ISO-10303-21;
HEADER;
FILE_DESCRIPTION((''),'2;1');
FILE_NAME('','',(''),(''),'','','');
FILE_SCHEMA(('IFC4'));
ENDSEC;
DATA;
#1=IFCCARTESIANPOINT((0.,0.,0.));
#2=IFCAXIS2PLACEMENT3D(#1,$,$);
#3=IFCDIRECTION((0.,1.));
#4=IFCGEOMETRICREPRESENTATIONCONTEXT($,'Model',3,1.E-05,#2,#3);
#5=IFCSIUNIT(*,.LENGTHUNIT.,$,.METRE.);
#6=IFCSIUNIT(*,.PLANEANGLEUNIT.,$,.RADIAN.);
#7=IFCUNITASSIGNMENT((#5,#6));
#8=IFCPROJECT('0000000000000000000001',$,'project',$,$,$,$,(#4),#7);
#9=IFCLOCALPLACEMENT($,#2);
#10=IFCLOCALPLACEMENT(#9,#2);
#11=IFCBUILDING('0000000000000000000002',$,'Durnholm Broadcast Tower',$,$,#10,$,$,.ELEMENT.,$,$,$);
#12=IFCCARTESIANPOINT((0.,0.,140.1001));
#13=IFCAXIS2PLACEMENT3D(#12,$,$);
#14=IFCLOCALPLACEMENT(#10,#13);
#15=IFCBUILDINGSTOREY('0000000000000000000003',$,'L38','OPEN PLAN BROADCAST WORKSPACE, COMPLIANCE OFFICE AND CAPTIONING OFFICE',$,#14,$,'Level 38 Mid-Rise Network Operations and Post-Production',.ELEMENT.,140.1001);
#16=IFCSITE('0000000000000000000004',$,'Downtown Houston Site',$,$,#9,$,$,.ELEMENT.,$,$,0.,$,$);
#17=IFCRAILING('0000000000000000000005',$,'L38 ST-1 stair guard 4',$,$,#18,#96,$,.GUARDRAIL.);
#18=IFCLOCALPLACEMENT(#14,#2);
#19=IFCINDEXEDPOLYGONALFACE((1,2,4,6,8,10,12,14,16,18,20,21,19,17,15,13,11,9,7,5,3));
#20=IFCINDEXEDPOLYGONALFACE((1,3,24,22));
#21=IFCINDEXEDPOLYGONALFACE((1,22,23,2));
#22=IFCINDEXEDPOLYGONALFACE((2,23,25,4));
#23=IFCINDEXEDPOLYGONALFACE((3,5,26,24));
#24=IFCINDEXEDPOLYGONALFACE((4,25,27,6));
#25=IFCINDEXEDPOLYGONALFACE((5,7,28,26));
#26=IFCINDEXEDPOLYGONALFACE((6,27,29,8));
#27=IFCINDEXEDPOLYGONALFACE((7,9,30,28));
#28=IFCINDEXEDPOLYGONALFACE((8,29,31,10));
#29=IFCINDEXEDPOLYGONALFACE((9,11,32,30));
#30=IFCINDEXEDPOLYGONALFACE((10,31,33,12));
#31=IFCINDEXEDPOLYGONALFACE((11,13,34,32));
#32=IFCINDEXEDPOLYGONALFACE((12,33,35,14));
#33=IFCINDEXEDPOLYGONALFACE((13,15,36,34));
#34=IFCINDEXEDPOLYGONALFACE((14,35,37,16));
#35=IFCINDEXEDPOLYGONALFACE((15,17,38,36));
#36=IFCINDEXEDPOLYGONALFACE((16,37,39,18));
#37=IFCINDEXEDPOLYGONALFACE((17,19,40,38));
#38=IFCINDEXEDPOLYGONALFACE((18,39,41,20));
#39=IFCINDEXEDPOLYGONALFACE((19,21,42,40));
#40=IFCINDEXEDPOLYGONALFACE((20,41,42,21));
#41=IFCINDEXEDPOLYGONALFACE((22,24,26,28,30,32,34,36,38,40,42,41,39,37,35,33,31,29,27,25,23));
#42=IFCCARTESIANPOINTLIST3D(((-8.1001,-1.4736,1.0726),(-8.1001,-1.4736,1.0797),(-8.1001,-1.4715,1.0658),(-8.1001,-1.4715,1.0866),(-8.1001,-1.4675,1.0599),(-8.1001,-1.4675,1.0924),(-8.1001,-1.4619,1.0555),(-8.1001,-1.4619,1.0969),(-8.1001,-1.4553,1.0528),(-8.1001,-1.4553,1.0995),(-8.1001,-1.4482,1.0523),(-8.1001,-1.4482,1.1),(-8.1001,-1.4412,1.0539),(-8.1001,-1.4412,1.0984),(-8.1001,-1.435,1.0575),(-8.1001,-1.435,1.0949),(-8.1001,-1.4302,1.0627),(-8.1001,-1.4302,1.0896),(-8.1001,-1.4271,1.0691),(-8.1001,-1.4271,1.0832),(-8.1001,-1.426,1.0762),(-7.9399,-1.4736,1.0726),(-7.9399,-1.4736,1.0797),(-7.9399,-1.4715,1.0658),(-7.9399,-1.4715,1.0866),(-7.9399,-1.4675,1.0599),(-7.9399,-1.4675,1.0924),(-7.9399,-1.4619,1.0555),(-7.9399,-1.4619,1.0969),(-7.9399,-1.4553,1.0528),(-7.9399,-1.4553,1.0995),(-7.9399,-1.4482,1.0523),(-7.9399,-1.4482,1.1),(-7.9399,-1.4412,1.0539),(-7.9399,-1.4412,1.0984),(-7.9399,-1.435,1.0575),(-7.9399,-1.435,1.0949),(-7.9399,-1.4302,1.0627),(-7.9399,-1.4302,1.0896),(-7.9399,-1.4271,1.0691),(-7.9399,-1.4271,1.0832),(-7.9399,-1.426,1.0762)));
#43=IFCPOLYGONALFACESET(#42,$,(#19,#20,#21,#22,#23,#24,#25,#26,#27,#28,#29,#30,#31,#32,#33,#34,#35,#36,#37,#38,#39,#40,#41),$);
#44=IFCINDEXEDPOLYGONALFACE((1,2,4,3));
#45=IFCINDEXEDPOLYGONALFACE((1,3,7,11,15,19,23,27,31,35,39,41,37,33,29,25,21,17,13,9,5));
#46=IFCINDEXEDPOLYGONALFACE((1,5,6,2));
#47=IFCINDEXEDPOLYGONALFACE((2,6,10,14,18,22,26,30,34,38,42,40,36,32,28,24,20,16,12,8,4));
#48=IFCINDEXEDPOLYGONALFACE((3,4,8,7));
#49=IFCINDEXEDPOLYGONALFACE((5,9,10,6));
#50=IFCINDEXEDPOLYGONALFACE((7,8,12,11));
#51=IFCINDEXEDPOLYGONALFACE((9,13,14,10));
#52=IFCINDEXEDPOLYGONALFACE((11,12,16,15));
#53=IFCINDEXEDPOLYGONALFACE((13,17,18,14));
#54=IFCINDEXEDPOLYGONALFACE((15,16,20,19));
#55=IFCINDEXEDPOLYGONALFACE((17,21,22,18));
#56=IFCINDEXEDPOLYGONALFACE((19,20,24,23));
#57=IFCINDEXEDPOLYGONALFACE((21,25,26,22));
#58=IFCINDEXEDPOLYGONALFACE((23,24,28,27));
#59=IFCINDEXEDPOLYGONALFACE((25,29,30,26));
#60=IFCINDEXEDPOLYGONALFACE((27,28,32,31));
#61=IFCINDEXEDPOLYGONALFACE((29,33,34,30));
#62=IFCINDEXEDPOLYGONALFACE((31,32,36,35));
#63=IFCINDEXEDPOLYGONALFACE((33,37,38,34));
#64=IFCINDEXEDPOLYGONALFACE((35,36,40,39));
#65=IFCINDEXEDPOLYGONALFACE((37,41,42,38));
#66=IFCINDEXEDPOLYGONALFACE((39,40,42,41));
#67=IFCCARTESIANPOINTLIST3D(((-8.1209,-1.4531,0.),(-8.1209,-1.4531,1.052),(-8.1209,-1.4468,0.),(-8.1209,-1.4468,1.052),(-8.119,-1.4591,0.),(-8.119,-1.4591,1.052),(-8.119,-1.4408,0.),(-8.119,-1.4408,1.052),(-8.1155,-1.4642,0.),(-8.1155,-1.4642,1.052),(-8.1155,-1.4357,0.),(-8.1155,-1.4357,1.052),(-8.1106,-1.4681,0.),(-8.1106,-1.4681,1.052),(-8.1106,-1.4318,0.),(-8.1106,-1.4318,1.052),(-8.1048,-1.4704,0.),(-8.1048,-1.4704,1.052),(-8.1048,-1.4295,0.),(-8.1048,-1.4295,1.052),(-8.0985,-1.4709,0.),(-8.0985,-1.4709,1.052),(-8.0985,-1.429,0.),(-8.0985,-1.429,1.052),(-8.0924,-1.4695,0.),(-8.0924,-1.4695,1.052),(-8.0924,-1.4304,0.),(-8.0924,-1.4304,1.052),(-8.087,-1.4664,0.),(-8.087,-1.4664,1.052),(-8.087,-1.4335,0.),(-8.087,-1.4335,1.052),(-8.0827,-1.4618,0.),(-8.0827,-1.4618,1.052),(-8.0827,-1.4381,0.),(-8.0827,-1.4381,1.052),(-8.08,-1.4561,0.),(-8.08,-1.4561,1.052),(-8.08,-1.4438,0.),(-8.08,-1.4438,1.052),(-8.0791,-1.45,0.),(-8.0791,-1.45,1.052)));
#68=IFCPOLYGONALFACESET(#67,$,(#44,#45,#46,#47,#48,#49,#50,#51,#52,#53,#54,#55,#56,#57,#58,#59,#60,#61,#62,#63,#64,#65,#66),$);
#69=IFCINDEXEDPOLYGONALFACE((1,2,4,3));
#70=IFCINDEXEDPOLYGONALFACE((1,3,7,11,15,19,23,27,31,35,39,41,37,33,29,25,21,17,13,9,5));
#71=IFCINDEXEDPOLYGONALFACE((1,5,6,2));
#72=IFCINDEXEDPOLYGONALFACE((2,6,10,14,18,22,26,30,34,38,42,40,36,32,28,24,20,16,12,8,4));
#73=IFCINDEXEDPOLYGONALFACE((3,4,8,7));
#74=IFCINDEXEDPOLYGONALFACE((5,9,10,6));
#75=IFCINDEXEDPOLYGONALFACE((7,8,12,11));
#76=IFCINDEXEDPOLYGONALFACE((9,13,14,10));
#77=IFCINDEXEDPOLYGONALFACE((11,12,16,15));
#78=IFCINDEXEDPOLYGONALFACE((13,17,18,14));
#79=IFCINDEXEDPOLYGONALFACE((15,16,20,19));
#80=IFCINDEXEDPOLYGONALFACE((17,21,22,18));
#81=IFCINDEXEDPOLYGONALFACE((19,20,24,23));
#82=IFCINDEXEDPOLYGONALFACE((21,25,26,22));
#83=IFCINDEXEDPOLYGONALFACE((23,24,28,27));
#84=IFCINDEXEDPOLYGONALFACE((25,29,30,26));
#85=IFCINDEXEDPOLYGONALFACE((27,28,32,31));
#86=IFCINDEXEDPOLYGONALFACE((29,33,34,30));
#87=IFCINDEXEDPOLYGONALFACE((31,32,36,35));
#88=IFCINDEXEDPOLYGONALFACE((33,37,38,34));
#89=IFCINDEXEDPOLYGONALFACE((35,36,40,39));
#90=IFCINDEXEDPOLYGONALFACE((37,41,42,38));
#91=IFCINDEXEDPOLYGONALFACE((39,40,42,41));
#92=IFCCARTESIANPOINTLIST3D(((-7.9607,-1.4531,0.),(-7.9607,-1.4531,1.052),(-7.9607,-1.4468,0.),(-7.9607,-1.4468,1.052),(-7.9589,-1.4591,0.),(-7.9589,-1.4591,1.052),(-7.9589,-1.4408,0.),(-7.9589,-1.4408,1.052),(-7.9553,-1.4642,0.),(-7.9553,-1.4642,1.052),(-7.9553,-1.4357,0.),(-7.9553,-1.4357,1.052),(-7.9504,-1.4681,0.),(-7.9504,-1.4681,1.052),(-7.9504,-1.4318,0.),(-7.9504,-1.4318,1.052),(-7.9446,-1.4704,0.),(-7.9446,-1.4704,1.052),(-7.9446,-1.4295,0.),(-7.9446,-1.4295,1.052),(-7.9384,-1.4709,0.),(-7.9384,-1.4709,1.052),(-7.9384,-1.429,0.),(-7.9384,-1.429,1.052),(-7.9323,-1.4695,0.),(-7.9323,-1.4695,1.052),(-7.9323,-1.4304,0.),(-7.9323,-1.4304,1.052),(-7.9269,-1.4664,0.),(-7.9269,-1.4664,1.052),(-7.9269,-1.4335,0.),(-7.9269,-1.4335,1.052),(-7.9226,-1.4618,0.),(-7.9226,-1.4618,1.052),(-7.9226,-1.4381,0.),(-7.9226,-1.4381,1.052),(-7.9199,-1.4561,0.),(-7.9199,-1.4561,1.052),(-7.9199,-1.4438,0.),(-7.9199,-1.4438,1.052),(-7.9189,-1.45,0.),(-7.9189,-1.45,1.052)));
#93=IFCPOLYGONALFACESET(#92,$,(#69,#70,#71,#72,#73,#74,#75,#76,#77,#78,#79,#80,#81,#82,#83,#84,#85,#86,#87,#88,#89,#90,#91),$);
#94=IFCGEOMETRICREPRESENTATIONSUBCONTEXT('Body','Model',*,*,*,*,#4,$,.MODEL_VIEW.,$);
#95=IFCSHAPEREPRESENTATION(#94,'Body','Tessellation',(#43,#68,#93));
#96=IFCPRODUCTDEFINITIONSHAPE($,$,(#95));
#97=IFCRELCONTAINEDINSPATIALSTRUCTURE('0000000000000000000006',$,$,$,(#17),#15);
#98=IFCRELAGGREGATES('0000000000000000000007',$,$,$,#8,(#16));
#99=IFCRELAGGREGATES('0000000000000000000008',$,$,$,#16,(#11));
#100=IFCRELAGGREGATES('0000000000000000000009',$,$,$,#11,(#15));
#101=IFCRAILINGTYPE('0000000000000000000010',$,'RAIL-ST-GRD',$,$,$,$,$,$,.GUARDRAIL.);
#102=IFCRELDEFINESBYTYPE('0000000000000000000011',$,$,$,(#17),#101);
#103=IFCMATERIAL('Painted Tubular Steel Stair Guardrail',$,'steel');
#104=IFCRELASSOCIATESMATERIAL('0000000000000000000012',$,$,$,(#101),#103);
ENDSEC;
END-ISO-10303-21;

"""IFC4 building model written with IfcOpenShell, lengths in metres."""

from ifc_helpers import new_model, si_unit, direction, frame, origin, origin_2d, place, context, subcontext, project, spatial, circle, extrude, material, type_object, element, save


model = new_model("IFC4")

# Units and contexts
model_context = context("Model", 3, precision=1e-05, world=origin(), true_north=direction((0.0, 1.0)))
body_context = subcontext(model_context, "Body", "Model", "MODEL_VIEW")
ifc_project = project(units=[si_unit("LENGTHUNIT", "METRE"), si_unit("PLANEANGLEUNIT", "RADIAN")], contexts=[model_context])

# Site, building, storey
site_placement = place(None, origin())
site = spatial("IfcSite", under=ifc_project, at=site_placement, Name="Downtown Houston Site", CompositionType="ELEMENT", RefElevation=0.0)
building_placement = place(site_placement, origin())
building = spatial("IfcBuilding", under=site, at=building_placement, Name="Durnholm Broadcast Tower", CompositionType="ELEMENT")
storey_placement = place(building_placement, frame((0.0, 0.0, 140.1001)))
storey = spatial("IfcBuildingStorey", under=building, at=storey_placement, Name="L38", Description="OPEN PLAN BROADCAST WORKSPACE, COMPLIANCE OFFICE AND CAPTIONING OFFICE", LongName="Level 38 Mid-Rise Network Operations and Post-Production", CompositionType="ELEMENT", Elevation=140.1001)

# Railing
ifc_material_1 = material(Name="Painted Tubular Steel Stair Guardrail", Category="steel")
railing_type_1 = type_object("IfcRailingType", Name="RAIL-ST-GRD", PredefinedType="GUARDRAIL", material=ifc_material_1)
railing_1_placement = place(storey_placement, frame((-8.1001, -1.45, 0.0)))
element("IfcRailing", 1, at=railing_1_placement, inside=storey, type_object=railing_type_1, Name="L38 ST-1 stair guard 4", PredefinedType="GUARDRAIL", context=body_context, shape_type="SweptSolid", body=[
    extrude(circle(Radius=0.0239, at=origin_2d()), frame((0.0, 0.0, 1.0762), z_axis=(1.0, 0.0, 0.0), x_axis=(0.0, 1.0, 0.0)), (0.0, 0.0, 1.0), 0.1602),
    extrude(circle(Radius=0.021, at=origin_2d()), origin(), (0.0, 0.0, 1.0), 1.052),
    extrude(circle(Radius=0.021, at=origin_2d()), frame((0.1602, 0.0, 0.0)), (0.0, 0.0, 1.0), 1.052),
])

save(model, "model.ifc")
